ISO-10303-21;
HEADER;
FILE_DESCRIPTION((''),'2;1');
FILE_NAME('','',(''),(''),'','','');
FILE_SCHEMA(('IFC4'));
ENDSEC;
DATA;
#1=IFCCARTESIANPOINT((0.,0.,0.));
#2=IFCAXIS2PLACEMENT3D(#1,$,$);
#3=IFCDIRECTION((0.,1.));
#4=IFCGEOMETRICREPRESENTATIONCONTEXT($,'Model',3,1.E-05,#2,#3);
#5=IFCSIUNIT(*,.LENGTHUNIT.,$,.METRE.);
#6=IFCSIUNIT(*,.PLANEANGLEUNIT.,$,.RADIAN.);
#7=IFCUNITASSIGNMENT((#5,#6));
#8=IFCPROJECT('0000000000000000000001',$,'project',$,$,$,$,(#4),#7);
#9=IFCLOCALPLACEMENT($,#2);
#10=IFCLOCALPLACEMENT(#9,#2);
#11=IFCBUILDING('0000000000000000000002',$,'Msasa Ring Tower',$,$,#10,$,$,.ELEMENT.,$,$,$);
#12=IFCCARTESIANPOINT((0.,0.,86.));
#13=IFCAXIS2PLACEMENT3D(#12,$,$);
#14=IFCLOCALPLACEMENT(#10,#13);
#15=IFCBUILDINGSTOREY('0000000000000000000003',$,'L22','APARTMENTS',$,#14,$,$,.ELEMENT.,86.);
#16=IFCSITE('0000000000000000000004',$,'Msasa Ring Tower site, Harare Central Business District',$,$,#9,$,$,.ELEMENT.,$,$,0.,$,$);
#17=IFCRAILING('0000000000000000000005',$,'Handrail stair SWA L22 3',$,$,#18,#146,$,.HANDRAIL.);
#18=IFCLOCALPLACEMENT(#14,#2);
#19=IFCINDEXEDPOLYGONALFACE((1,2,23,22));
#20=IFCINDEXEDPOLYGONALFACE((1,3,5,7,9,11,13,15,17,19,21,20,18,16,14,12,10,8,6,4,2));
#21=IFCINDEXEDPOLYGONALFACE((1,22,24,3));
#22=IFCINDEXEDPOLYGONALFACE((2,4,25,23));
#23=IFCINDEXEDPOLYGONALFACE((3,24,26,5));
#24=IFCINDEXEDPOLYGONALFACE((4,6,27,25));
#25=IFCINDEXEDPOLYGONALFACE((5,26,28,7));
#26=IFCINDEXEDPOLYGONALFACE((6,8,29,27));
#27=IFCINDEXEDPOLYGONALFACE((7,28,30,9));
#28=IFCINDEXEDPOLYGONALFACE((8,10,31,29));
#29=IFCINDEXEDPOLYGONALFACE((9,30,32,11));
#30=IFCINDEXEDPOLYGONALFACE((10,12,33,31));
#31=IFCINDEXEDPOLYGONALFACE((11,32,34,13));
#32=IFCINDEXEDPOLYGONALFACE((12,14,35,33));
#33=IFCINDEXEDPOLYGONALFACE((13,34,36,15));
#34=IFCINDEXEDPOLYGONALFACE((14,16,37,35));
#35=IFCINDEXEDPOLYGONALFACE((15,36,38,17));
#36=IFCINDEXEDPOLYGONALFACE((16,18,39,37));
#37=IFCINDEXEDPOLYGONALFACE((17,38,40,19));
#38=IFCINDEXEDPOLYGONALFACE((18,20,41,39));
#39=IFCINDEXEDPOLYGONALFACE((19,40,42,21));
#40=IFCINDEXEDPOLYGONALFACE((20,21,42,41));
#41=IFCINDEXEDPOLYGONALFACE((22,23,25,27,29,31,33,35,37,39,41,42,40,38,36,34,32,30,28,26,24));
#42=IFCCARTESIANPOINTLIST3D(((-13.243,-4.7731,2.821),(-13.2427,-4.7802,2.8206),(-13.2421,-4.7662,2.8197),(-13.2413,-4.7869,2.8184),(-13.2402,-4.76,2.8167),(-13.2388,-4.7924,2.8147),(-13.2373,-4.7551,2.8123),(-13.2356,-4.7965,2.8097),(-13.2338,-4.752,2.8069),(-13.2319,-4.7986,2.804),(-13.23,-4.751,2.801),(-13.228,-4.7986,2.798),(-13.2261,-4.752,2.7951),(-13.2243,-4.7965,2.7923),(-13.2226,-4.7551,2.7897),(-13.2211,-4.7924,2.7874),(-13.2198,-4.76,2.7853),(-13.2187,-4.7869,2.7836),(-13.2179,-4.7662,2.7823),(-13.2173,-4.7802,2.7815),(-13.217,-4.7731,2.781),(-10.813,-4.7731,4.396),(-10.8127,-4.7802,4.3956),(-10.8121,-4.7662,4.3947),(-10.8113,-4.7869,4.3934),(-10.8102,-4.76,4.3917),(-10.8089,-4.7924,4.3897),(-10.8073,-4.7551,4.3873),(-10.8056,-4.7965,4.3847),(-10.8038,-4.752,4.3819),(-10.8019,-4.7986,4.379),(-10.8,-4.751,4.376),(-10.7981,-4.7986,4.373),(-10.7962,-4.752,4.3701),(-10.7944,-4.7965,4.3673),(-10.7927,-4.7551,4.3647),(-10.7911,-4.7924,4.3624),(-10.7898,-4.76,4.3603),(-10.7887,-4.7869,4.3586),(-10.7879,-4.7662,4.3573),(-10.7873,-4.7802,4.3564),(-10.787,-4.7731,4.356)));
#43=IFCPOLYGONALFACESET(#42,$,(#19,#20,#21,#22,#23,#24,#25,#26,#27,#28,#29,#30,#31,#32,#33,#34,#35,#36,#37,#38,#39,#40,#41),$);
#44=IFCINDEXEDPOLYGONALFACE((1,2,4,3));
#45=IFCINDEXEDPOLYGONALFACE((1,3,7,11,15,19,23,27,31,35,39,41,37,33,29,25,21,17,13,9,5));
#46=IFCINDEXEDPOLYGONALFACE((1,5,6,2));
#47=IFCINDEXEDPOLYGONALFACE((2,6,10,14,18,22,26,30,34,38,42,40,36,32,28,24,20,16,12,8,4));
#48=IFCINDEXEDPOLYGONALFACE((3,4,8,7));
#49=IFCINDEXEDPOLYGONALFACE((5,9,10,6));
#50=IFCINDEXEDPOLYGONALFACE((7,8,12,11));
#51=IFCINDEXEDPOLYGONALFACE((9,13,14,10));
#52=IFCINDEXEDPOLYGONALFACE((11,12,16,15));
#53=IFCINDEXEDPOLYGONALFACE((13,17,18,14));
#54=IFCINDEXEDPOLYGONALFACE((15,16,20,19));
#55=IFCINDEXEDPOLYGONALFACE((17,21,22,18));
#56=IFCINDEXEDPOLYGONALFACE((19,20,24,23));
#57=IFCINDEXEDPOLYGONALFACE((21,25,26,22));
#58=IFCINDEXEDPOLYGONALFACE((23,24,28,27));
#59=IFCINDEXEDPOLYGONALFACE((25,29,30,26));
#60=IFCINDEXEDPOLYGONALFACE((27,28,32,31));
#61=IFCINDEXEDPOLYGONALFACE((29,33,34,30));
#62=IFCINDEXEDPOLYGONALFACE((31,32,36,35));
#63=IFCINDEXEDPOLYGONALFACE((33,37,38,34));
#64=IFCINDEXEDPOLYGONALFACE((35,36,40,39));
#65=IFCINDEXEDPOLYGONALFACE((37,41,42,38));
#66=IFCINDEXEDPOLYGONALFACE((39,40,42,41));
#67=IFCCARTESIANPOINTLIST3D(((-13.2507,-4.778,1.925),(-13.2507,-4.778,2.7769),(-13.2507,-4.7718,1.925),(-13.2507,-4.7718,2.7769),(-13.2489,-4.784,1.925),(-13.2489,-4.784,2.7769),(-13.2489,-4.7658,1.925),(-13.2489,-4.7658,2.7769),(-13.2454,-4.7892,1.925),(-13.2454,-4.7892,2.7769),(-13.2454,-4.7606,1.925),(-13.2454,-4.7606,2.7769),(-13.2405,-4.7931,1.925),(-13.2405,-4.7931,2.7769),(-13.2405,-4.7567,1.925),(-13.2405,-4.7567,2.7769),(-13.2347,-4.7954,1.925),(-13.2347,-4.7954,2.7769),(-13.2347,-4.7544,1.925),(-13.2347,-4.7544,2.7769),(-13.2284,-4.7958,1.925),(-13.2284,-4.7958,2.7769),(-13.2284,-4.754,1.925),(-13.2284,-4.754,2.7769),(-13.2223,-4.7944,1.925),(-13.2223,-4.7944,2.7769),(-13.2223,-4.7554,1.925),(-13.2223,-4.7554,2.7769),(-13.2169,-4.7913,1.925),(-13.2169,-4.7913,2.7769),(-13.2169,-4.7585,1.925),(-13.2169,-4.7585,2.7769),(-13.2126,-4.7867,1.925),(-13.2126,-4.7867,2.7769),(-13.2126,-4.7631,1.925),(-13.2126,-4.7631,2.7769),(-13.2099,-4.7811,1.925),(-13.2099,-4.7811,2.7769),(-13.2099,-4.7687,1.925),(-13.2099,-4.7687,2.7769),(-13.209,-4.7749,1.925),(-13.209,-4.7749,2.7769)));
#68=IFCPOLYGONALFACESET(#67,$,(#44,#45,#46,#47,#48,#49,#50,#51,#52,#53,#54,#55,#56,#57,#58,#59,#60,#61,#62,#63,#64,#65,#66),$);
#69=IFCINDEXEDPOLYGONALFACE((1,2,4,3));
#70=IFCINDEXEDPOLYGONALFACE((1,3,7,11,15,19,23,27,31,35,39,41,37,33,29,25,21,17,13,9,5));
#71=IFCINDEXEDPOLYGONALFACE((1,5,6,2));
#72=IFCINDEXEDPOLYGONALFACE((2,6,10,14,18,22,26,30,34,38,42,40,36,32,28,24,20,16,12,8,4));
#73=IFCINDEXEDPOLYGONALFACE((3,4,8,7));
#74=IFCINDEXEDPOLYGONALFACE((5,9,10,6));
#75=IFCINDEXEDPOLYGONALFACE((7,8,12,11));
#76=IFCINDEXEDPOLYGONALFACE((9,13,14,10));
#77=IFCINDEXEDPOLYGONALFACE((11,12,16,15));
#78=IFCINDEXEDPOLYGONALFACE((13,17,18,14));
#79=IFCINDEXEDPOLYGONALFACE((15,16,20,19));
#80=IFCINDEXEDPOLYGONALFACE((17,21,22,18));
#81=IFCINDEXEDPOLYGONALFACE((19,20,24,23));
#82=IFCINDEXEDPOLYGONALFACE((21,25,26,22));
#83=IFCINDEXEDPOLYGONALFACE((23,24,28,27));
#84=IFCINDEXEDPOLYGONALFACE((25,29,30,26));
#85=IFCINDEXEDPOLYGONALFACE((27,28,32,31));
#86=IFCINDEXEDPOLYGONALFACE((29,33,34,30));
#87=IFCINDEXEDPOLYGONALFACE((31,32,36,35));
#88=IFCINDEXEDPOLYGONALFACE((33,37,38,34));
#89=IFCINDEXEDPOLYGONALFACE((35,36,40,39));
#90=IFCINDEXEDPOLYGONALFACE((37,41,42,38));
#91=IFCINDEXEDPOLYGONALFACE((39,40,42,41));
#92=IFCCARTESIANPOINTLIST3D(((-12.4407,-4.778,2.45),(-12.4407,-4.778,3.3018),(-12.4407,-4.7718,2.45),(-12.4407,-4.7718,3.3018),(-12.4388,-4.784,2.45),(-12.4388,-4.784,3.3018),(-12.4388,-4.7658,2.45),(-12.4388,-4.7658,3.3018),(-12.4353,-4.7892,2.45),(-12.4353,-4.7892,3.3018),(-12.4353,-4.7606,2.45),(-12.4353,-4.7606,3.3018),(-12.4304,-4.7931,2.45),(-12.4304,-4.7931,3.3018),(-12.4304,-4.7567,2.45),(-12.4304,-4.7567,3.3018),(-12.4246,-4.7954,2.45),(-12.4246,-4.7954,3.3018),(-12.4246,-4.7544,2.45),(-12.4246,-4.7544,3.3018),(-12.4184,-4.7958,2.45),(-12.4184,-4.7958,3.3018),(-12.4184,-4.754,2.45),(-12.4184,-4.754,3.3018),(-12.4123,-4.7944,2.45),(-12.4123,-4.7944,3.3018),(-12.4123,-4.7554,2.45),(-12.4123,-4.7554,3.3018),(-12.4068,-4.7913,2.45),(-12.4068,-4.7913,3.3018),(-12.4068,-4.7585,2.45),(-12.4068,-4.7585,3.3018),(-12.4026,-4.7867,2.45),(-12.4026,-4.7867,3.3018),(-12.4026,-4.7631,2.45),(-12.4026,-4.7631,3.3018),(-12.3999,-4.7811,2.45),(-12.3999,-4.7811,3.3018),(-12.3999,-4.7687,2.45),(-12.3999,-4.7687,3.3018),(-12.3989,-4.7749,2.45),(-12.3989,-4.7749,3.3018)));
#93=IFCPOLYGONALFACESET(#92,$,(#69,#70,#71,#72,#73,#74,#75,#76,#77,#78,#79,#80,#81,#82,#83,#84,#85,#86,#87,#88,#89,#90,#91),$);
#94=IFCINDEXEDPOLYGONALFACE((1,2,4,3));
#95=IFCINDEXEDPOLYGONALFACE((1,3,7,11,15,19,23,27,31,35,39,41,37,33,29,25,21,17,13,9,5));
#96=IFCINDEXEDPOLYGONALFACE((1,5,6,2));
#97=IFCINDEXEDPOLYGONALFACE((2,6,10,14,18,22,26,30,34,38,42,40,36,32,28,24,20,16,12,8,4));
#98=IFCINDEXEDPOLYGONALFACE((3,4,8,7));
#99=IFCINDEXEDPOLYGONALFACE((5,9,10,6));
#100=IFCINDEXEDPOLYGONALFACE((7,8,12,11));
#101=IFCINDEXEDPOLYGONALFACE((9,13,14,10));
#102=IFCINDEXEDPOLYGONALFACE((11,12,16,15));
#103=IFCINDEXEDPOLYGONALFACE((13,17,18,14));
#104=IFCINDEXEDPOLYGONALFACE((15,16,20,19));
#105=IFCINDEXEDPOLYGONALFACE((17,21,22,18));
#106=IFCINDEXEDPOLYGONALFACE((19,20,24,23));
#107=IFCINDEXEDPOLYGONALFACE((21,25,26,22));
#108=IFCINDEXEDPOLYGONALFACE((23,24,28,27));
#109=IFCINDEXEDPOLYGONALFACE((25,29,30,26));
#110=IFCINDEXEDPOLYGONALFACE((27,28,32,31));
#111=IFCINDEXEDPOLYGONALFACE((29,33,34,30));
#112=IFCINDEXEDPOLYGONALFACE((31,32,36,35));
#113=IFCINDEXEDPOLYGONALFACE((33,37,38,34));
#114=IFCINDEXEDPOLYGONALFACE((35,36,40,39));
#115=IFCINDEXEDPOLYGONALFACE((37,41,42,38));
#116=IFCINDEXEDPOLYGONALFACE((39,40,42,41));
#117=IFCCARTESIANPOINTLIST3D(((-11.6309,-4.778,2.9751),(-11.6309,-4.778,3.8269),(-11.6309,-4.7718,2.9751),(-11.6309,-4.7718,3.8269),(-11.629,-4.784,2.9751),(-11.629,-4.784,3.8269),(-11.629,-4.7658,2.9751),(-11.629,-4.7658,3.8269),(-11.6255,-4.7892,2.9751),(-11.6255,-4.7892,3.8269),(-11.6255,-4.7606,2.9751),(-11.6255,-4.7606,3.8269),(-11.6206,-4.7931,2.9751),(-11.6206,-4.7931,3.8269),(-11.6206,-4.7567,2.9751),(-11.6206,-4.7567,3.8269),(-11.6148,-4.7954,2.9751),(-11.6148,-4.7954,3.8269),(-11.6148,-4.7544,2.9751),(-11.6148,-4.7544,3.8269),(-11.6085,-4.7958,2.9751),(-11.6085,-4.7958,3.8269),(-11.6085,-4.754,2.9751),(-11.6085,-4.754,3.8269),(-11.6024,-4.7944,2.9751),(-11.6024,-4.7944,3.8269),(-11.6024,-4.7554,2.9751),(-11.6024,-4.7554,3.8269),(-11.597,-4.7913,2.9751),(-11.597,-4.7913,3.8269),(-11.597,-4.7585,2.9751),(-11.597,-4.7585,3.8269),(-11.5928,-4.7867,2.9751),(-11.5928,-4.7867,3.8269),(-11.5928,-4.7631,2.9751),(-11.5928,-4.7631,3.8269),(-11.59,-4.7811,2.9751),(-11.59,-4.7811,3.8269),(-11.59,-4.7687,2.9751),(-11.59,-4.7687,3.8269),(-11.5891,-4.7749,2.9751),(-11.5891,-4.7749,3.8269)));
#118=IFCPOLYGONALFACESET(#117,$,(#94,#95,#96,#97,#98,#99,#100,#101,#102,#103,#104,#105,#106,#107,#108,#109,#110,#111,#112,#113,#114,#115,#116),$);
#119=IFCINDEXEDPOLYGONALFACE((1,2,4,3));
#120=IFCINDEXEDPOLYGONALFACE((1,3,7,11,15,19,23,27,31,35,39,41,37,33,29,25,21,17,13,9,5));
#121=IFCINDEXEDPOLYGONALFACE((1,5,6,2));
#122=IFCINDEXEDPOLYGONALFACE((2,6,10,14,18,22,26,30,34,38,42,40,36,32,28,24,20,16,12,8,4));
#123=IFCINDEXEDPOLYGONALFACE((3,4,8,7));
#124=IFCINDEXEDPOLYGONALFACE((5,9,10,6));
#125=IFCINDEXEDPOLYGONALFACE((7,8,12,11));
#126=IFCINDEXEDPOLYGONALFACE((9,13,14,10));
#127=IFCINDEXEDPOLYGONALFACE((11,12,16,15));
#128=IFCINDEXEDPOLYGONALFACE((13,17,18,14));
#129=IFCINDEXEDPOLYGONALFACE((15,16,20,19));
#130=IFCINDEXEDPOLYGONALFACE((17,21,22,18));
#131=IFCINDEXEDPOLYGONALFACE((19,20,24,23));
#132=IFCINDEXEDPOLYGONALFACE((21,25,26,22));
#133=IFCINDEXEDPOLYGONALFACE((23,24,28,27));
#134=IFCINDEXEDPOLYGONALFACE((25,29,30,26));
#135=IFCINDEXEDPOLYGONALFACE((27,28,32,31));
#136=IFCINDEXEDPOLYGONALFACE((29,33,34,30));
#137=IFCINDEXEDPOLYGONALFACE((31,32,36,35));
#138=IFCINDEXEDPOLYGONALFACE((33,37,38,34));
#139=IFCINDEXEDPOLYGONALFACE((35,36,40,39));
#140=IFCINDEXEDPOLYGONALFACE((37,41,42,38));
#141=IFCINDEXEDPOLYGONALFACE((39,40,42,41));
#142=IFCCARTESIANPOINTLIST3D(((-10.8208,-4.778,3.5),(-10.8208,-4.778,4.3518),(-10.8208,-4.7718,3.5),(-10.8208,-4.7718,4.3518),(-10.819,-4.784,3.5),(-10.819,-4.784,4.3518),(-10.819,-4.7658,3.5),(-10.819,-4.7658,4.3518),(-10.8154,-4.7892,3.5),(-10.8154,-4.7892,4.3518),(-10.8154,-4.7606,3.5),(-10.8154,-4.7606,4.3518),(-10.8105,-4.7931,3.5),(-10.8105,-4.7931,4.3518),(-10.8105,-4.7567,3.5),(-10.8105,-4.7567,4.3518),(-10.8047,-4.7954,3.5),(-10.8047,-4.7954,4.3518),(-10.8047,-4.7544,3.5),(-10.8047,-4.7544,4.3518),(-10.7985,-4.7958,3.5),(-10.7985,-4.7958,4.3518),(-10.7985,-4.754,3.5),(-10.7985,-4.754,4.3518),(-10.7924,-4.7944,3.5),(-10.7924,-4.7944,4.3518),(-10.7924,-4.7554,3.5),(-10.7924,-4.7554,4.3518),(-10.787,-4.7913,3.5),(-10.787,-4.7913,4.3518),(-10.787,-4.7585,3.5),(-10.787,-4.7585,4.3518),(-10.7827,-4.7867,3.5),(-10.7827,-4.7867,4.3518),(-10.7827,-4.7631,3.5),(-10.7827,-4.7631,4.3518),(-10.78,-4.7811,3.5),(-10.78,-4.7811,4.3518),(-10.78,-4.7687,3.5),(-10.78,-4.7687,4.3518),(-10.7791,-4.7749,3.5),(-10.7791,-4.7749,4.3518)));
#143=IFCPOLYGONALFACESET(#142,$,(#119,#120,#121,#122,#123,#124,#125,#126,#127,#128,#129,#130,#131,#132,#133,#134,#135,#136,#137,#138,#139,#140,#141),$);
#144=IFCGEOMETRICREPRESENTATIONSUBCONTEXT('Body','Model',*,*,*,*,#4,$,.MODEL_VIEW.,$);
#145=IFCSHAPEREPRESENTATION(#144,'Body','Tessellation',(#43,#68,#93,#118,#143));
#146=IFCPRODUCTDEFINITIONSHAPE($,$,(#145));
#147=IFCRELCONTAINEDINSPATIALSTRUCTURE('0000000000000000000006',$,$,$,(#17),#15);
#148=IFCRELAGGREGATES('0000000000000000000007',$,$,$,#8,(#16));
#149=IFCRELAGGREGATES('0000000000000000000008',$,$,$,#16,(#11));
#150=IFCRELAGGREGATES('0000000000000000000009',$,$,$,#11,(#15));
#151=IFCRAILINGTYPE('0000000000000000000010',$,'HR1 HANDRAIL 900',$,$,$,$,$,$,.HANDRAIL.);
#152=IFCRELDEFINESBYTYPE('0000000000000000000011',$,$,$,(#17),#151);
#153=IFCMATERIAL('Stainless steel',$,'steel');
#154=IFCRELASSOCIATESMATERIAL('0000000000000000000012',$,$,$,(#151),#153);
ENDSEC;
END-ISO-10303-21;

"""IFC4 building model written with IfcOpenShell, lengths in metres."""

from ifc_helpers import new_model, si_unit, direction, frame, origin, origin_2d, place, context, subcontext, project, spatial, circle, extrude, material, type_object, element, save


model = new_model("IFC4")

# Units and contexts
model_context = context("Model", 3, precision=1e-05, world=origin(), true_north=direction((0.0, 1.0)))
body_context = subcontext(model_context, "Body", "Model", "MODEL_VIEW")
ifc_project = project(units=[si_unit("LENGTHUNIT", "METRE"), si_unit("PLANEANGLEUNIT", "RADIAN")], contexts=[model_context])

# Site, building, storey
site_placement = place(None, origin())
site = spatial("IfcSite", under=ifc_project, at=site_placement, Name="Msasa Ring Tower site, Harare Central Business District", CompositionType="ELEMENT", RefElevation=0.0)
building_placement = place(site_placement, origin())
building = spatial("IfcBuilding", under=site, at=building_placement, Name="Msasa Ring Tower", CompositionType="ELEMENT")
storey_placement = place(building_placement, frame((0.0, 0.0, 86.0)))
storey = spatial("IfcBuildingStorey", under=building, at=storey_placement, Name="L22", Description="APARTMENTS", CompositionType="ELEMENT", Elevation=86.0)

# Railing
ifc_material_1 = material(Name="Stainless steel", Category="steel")
railing_type = type_object("IfcRailingType", Name="HR1 HANDRAIL 900", PredefinedType="HANDRAIL", material=ifc_material_1)
for number, where, name in (
    (1, (-13.23, -4.7749, 1.925), "Handrail stair SWA L22 3"),
):
    element("IfcRailing", number, at=place(storey_placement, frame(where)), inside=storey, type_object=railing_type, Name=name, PredefinedType="HANDRAIL", context=body_context, shape_type="SweptSolid", body=[
        extrude(circle(Radius=0.0239, at=origin_2d()), frame((0.0, 0.0, 0.876), z_axis=(0.839154, 0.0, 0.543894), x_axis=(0.0, 1.0, 0.0)), (0.0, 0.0, 1.0), 2.8958),
        extrude(circle(Radius=0.021, at=origin_2d()), origin(), (0.0, 0.0, 1.0), 0.8518),
        extrude(circle(Radius=0.021, at=origin_2d()), frame((0.8101, 0.0, 0.5249)), (0.0, 0.0, 1.0), 0.8518),
        extrude(circle(Radius=0.021, at=origin_2d()), frame((1.6199, 0.0, 1.05)), (0.0, 0.0, 1.0), 0.8518),
        extrude(circle(Radius=0.021, at=origin_2d()), frame((2.4299, 0.0, 1.575)), (0.0, 0.0, 1.0), 0.8518),
    ])

save(model, "model.ifc")
